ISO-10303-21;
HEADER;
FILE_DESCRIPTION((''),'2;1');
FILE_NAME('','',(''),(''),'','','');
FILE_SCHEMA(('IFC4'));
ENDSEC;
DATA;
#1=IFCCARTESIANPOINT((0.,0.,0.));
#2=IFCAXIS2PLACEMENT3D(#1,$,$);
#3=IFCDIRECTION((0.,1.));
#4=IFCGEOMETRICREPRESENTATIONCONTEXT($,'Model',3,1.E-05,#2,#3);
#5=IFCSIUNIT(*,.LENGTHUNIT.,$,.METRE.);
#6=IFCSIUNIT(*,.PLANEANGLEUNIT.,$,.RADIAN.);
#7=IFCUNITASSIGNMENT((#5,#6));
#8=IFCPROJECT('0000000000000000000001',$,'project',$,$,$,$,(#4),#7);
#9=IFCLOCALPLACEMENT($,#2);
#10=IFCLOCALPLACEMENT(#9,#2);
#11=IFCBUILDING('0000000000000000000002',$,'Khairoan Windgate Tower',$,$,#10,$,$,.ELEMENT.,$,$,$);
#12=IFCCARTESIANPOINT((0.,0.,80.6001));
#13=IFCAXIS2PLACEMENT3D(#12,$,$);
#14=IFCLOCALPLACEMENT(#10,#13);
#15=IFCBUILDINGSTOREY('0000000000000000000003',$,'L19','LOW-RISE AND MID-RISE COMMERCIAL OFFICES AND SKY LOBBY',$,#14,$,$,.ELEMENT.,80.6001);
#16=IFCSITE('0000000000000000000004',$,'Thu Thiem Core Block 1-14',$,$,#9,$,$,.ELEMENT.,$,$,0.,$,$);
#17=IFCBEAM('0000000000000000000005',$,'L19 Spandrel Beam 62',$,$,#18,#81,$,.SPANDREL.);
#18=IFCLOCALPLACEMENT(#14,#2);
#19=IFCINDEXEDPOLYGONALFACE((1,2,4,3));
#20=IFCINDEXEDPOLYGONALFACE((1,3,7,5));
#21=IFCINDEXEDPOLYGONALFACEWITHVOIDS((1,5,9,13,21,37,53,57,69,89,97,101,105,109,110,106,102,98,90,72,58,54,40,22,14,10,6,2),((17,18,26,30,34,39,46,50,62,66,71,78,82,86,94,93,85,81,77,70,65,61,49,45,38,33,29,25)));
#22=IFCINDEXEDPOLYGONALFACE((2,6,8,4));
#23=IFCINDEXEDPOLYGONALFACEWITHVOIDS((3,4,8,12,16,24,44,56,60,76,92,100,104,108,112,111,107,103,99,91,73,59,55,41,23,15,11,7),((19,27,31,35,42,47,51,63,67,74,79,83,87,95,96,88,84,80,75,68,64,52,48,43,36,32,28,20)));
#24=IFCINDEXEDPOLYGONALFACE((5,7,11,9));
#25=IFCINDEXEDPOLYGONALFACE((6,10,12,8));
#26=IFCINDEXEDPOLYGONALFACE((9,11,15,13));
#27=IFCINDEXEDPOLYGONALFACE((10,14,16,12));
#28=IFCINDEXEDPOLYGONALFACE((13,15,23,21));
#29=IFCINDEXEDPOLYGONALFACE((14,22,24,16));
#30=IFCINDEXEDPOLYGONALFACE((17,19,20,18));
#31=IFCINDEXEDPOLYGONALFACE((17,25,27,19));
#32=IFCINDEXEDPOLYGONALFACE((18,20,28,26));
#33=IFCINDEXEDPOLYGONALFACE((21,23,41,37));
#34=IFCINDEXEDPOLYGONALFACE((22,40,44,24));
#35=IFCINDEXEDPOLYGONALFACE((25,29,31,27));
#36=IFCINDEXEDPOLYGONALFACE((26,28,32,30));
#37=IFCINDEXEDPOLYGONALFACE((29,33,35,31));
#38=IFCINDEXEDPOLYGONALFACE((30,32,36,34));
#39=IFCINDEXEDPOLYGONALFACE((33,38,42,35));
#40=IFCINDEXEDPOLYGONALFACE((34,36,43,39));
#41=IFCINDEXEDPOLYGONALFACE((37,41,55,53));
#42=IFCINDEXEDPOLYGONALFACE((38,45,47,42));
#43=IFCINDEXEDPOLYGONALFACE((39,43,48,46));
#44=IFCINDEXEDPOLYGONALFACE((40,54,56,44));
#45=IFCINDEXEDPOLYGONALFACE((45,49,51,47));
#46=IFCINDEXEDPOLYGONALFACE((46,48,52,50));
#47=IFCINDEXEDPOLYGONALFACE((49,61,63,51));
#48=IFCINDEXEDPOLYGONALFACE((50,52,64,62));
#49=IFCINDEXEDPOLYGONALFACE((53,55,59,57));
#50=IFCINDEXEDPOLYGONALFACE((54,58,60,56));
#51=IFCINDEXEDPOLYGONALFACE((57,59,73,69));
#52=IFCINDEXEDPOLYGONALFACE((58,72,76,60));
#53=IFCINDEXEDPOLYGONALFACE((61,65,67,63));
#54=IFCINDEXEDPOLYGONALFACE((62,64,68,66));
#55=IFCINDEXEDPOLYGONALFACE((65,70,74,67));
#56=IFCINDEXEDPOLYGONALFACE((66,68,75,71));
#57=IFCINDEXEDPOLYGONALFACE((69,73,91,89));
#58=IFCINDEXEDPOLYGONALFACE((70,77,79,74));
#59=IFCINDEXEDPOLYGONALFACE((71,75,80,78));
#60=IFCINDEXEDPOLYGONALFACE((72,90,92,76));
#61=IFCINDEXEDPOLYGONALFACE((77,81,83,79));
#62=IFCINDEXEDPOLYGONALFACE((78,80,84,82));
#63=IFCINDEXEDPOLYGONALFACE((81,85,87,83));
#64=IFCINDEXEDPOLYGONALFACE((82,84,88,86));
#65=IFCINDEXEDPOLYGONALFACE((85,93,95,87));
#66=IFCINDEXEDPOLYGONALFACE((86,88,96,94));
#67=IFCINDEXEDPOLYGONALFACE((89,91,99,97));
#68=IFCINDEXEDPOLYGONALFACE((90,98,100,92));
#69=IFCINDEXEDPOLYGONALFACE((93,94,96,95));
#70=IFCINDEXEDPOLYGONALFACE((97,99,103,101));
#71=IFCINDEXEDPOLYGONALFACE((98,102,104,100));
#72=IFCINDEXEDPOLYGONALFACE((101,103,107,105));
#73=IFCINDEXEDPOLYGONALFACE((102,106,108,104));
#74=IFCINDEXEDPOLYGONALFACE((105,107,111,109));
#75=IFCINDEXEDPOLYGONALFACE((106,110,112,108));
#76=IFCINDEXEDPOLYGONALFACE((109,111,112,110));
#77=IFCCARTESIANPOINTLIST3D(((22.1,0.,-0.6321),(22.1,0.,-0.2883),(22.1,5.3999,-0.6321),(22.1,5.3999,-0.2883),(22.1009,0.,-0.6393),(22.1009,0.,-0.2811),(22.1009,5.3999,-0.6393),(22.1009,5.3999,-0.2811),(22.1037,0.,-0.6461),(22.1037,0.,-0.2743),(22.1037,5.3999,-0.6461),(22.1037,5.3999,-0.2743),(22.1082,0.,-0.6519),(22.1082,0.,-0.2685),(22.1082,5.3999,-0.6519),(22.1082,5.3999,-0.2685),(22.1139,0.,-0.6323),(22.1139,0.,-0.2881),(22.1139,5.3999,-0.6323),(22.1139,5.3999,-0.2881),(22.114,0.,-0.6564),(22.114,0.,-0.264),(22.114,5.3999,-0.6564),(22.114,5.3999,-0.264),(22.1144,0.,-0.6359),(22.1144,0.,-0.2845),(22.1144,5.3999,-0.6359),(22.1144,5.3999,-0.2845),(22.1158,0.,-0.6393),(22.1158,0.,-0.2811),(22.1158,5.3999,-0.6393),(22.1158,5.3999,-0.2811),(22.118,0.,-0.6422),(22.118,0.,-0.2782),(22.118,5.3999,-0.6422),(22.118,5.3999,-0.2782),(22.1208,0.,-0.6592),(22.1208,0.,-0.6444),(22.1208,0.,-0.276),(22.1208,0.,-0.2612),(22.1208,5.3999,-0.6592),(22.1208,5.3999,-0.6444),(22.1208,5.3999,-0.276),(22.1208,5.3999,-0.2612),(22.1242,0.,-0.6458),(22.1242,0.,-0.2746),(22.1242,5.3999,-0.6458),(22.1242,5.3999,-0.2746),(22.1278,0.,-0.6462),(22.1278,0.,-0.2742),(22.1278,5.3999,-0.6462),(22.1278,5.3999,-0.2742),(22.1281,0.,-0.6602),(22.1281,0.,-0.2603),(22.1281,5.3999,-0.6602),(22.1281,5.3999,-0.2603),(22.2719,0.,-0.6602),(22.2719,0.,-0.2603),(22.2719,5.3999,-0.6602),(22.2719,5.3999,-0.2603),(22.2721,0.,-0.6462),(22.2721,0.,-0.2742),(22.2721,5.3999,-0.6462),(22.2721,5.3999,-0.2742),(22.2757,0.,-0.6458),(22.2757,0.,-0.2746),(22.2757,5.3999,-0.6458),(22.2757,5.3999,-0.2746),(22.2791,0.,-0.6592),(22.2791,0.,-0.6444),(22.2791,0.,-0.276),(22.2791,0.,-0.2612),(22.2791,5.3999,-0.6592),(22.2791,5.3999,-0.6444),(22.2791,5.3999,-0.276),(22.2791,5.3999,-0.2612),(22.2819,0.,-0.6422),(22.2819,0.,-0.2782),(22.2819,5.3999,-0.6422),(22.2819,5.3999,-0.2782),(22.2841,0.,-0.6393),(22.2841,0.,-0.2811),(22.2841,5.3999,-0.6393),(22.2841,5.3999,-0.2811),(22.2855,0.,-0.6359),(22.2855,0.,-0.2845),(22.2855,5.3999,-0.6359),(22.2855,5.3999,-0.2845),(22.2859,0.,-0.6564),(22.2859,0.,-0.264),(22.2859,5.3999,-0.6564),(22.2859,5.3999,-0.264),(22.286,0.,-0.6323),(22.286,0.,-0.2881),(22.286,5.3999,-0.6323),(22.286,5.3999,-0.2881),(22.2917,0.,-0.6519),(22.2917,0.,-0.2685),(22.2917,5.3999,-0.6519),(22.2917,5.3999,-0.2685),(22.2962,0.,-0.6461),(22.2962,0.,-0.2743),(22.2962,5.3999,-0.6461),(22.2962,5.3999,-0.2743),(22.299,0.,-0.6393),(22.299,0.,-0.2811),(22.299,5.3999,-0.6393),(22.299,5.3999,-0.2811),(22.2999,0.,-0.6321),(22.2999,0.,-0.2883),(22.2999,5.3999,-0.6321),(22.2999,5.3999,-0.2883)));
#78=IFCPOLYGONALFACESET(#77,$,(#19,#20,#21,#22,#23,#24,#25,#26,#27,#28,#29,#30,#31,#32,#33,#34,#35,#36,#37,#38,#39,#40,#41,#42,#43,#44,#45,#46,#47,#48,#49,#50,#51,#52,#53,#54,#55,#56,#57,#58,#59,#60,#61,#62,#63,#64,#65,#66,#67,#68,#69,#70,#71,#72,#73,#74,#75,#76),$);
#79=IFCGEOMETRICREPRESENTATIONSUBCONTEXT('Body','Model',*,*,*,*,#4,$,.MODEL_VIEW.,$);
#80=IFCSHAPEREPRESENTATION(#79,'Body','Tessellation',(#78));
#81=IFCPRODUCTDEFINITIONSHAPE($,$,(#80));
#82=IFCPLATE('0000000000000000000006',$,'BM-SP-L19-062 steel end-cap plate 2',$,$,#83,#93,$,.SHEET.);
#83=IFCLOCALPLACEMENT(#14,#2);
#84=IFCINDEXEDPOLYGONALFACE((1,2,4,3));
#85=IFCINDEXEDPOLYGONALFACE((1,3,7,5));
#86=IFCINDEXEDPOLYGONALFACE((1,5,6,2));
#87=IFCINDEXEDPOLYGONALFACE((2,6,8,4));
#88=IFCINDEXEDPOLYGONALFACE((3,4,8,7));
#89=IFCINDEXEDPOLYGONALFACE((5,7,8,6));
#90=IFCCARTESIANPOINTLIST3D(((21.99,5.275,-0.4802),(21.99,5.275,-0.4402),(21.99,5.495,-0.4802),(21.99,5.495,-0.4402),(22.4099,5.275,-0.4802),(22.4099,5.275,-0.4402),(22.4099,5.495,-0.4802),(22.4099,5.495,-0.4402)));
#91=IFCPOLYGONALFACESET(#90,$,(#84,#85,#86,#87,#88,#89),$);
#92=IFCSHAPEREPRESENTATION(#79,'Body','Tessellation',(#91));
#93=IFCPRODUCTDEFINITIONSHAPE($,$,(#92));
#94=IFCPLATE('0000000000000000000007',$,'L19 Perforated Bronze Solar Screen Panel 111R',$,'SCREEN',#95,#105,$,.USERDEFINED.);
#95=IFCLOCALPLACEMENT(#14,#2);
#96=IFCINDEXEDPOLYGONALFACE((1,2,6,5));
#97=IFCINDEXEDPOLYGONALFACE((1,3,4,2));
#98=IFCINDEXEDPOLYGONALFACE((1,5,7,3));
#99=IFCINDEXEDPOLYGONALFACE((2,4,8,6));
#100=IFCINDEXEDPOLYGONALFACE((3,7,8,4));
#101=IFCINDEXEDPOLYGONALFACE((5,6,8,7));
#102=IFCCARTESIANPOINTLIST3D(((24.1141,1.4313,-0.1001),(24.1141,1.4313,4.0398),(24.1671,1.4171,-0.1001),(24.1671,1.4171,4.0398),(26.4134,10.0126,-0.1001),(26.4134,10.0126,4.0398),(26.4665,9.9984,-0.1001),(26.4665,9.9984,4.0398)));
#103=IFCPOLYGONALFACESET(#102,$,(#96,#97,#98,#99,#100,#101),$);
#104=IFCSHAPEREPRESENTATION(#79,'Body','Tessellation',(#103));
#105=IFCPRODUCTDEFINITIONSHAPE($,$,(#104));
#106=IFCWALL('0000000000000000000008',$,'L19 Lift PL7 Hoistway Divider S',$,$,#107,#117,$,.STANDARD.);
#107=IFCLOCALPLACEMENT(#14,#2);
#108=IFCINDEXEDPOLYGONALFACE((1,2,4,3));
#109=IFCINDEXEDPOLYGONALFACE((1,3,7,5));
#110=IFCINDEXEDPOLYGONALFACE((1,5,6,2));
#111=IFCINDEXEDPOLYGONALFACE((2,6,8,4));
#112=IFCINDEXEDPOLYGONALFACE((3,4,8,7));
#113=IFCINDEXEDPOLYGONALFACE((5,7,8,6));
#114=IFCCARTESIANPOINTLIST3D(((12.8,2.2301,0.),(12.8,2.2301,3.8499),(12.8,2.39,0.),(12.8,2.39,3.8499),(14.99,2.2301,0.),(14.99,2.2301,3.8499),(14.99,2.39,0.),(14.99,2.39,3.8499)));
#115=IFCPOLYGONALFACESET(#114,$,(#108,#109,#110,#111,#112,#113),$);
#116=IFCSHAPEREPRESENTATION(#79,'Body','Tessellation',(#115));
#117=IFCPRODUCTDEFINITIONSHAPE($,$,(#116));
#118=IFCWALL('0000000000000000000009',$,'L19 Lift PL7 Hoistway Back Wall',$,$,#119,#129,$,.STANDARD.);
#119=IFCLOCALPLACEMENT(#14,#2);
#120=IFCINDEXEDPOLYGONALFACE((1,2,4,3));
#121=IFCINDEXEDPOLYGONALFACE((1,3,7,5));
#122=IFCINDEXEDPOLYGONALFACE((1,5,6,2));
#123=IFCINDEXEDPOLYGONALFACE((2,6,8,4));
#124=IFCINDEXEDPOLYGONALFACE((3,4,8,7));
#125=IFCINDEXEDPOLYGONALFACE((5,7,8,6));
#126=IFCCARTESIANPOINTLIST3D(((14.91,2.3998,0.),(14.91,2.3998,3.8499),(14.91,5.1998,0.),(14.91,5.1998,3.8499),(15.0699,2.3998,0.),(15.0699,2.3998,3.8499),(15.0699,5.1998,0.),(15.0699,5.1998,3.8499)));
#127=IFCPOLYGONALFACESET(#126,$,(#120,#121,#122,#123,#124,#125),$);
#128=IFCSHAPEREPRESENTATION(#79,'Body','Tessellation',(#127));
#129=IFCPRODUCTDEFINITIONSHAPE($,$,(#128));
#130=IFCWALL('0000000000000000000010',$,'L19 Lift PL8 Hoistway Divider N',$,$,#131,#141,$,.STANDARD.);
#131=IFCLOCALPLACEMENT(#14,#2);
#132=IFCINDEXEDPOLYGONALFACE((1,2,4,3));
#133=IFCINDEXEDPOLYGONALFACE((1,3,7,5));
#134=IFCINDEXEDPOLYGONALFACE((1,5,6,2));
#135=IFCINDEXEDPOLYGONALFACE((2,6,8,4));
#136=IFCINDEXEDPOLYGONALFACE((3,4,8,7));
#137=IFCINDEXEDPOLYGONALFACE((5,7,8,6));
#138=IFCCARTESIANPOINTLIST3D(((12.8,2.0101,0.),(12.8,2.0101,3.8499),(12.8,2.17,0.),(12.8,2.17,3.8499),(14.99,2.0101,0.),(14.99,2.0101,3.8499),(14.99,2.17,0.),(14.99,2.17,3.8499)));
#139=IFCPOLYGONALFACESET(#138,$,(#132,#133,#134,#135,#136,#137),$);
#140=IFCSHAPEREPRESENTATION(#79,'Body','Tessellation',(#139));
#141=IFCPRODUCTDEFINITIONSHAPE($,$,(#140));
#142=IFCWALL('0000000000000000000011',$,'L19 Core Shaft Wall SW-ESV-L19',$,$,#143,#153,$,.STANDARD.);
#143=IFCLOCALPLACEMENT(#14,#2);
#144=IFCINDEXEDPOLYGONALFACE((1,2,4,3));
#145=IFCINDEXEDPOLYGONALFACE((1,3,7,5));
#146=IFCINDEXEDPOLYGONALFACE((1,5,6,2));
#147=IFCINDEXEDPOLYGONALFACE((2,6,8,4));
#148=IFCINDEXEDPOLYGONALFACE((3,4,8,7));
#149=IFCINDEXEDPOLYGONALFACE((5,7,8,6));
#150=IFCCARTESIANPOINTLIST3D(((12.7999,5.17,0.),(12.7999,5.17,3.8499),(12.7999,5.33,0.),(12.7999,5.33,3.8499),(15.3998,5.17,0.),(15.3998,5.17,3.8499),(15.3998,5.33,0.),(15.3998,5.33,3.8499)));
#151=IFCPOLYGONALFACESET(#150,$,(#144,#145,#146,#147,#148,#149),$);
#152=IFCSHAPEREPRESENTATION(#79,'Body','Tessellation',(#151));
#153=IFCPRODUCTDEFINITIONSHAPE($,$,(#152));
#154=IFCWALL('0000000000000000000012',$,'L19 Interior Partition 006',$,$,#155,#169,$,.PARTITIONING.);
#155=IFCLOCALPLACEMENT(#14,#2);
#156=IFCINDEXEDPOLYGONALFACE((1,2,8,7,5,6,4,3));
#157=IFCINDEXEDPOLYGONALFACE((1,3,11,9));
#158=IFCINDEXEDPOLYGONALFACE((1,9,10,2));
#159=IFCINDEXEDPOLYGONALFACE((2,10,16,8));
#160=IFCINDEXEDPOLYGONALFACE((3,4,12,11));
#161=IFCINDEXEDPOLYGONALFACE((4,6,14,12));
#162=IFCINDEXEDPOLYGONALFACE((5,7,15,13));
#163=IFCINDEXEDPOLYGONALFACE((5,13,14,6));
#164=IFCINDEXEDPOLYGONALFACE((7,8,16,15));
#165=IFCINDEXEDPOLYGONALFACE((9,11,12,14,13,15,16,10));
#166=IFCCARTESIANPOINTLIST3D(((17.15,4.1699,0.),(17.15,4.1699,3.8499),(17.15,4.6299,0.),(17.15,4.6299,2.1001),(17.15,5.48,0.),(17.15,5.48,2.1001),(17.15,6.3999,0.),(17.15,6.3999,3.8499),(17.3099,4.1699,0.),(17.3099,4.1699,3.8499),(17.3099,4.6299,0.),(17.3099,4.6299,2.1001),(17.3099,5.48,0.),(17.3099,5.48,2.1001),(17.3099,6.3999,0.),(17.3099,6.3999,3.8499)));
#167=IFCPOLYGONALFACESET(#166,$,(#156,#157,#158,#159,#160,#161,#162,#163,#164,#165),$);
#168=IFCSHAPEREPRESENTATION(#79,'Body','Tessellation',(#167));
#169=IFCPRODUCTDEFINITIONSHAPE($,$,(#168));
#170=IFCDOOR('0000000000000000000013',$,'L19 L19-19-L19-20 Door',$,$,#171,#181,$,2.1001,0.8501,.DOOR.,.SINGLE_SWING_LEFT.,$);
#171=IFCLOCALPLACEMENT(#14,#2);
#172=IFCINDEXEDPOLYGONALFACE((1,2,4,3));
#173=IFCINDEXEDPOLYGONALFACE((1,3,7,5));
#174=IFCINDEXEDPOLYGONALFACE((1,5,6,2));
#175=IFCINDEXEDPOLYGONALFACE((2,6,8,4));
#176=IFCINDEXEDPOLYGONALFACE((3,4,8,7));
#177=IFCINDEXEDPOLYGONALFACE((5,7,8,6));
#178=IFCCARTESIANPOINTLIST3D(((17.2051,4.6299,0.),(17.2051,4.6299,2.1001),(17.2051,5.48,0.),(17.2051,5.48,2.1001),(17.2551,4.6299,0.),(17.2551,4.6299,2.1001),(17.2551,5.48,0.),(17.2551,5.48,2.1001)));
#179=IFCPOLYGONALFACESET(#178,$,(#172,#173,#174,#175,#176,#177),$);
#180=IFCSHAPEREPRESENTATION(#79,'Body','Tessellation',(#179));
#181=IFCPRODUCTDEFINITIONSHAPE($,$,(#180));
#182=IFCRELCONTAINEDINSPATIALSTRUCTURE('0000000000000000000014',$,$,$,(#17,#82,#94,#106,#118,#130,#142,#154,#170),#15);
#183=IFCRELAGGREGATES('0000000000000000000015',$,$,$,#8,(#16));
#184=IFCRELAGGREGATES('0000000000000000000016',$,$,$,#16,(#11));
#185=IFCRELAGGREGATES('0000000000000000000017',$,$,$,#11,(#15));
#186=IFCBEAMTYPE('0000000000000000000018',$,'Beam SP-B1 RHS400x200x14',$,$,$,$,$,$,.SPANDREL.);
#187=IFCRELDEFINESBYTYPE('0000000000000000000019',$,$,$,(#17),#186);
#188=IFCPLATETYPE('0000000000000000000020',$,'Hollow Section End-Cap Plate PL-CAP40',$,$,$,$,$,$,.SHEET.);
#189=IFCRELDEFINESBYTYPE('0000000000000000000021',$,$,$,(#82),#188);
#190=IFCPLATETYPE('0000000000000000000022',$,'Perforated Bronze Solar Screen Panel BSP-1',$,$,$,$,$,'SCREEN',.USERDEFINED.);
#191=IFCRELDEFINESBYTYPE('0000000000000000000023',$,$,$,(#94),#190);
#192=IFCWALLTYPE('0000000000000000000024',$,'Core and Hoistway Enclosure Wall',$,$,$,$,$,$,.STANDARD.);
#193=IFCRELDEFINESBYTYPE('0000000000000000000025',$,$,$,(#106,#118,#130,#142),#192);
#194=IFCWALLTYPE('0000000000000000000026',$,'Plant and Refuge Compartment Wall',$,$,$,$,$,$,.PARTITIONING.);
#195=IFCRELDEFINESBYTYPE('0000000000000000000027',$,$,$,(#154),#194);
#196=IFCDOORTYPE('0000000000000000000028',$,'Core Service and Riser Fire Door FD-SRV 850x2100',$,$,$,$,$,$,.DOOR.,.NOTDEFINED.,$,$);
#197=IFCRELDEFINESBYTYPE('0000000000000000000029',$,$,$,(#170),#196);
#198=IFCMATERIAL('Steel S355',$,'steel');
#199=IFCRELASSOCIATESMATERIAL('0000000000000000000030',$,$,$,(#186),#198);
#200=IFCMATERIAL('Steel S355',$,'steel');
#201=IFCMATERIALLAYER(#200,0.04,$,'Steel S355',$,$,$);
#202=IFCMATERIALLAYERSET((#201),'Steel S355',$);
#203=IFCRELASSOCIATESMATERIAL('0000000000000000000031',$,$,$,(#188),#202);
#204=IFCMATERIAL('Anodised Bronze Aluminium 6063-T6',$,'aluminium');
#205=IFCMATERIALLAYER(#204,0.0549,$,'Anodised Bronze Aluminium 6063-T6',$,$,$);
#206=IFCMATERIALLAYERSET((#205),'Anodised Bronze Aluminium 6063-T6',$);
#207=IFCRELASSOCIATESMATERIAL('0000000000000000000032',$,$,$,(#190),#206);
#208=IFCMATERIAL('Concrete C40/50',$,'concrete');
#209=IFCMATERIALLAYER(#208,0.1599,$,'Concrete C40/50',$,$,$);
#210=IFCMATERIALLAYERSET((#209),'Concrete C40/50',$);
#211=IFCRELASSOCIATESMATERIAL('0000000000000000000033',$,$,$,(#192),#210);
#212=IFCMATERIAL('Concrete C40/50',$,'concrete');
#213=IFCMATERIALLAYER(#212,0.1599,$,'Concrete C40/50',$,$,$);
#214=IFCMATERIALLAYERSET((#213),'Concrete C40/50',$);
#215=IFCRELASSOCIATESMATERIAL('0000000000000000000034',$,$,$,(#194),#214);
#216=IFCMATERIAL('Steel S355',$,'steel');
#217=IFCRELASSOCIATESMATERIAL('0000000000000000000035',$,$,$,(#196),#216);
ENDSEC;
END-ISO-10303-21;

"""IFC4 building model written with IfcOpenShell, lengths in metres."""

from ifc_helpers import new_model, si_unit, direction, frame, frame_2d, origin, origin_2d, place, context, subcontext, project, spatial, rectangle, hollow_rectangle, extrude, material, layer, layer_set, material_profile, profile_set, type_object, element, fill, save


model = new_model("IFC4")

# Units and contexts
model_context = context("Model", 3, precision=1e-05, world=origin(), true_north=direction((0.0, 1.0)))
body_context = subcontext(model_context, "Body", "Model", "MODEL_VIEW")
ifc_project = project(units=[si_unit("LENGTHUNIT", "METRE"), si_unit("PLANEANGLEUNIT", "RADIAN")], contexts=[model_context])

# Site, building, storey
site_placement = place(None, origin())
site = spatial("IfcSite", under=ifc_project, at=site_placement, Name="Thu Thiem Core Block 1-14", CompositionType="ELEMENT", RefElevation=0.0)
building_placement = place(site_placement, origin())
building = spatial("IfcBuilding", under=site, at=building_placement, Name="Khairoan Windgate Tower", CompositionType="ELEMENT")
storey_placement = place(building_placement, frame((0.0, 0.0, 80.6001)))
storey = spatial("IfcBuildingStorey", under=building, at=storey_placement, Name="L19", Description="LOW-RISE AND MID-RISE COMMERCIAL OFFICES AND SKY LOBBY", CompositionType="ELEMENT", Elevation=80.6001)

# Beam
ifc_material_1 = material(Name="Steel S355", Category="steel")
ifc_material_profile_1 = material_profile(ifc_material_1, hollow_rectangle(XDim=0.2, YDim=0.3999, WallThickness=0.0139, InnerFilletRadius=0.0139, OuterFilletRadius=0.0281, at=origin_2d()))
ifc_profile_set_1 = profile_set([ifc_material_profile_1], Name="Steel S355")
beam_type_1 = type_object("IfcBeamType", Name="Beam SP-B1 RHS400x200x14", PredefinedType="SPANDREL", material=ifc_profile_set_1)
beam_1_placement = place(storey_placement, frame((22.2, 0.0, -0.4602), z_axis=(0.0, 1.0, 0.0), x_axis=(-1.0, 0.0, 0.0)))
element("IfcBeam", 1, at=beam_1_placement, inside=storey, type_object=beam_type_1, Name="L19 Spandrel Beam 62", PredefinedType="SPANDREL", context=body_context, shape_type="SweptSolid", body=[
    extrude(hollow_rectangle(XDim=0.2, YDim=0.3999, WallThickness=0.0139, InnerFilletRadius=0.0139, OuterFilletRadius=0.0281, at=origin_2d()), origin(), (0.0, 0.0, 1.0), 5.3999),
])

# Plates
ifc_material_2 = material(Name="Steel S355", Category="steel")
ifc_layer_1 = layer(ifc_material_2, 0.04, Name="Steel S355")
ifc_layer_set_1 = layer_set([ifc_layer_1], Name="Steel S355")
plate_type_1 = type_object("IfcPlateType", Name="Hollow Section End-Cap Plate PL-CAP40", PredefinedType="SHEET", material=ifc_layer_set_1)
plate_1_placement = place(storey_placement, frame((22.2, 5.385, -0.4802), z_axis=(0.0, 0.0, 1.0), x_axis=(0.0, 1.0, 0.0)))
element("IfcPlate", 2, at=plate_1_placement, inside=storey, type_object=plate_type_1, Name="BM-SP-L19-062 steel end-cap plate 2", PredefinedType="SHEET", context=body_context, shape_type="SweptSolid", body=[
    extrude(rectangle(XDim=0.22, YDim=0.4199, at=origin_2d()), origin(), (0.0, 0.0, 1.0), 0.04),
])
ifc_material_3 = material(Name="Anodised Bronze Aluminium 6063-T6", Category="aluminium")
ifc_layer_2 = layer(ifc_material_3, 0.0549, Name="Anodised Bronze Aluminium 6063-T6")
ifc_layer_set_2 = layer_set([ifc_layer_2], Name="Anodised Bronze Aluminium 6063-T6")
plate_type_2 = type_object("IfcPlateType", Name="Perforated Bronze Solar Screen Panel BSP-1", ElementType="SCREEN", PredefinedType="USERDEFINED", material=ifc_layer_set_2)
plate_2_placement = place(storey_placement, frame((25.2903, 5.7148, -0.1001), z_axis=(0.0, 0.0, 1.0), x_axis=(-0.258819, -0.965926, 0.0)))
element("IfcPlate", 3, at=plate_2_placement, inside=storey, type_object=plate_type_2, Name="L19 Perforated Bronze Solar Screen Panel 111R", ObjectType="SCREEN", PredefinedType="USERDEFINED", context=body_context, shape_type="SweptSolid", body=[
    extrude(rectangle(XDim=8.884, YDim=0.0549, at=origin_2d()), origin(), (0.0, 0.0, 1.0), 4.1399),
])

# Walls
ifc_material_4 = material(Name="Concrete C40/50", Category="concrete")
ifc_layer_3 = layer(ifc_material_4, 0.1599, Name="Concrete C40/50")
ifc_layer_set_3 = layer_set([ifc_layer_3], Name="Concrete C40/50")
wall_type_1 = type_object("IfcWallType", Name="Core and Hoistway Enclosure Wall", PredefinedType="STANDARD", material=ifc_layer_set_3)
wall_1_placement = place(storey_placement, frame((12.8, 2.3101, 0.0), z_axis=(0.0, 0.0, 1.0), x_axis=(1.0, 0.0, 0.0)))
element("IfcWall", 4, at=wall_1_placement, inside=storey, type_object=wall_type_1, Name="L19 Lift PL7 Hoistway Divider S", PredefinedType="STANDARD", context=body_context, shape_type="SweptSolid", body=[
    extrude(rectangle(XDim=2.1899, YDim=0.1599, at=frame_2d((1.095, 0.0))), origin(), (0.0, 0.0, 1.0), 3.8499),
])
wall_2_placement = place(storey_placement, frame((14.99, 2.3999, 0.0), z_axis=(0.0, 0.0, 1.0), x_axis=(0.0, 1.0, 0.0)))
element("IfcWall", 5, at=wall_2_placement, inside=storey, type_object=wall_type_1, Name="L19 Lift PL7 Hoistway Back Wall", PredefinedType="STANDARD", context=body_context, shape_type="SweptSolid", body=[
    extrude(rectangle(XDim=2.8, YDim=0.1599, at=frame_2d((1.3999, 0.0))), origin(), (0.0, 0.0, 1.0), 3.8499),
])
wall_3_placement = place(storey_placement, frame((12.8, 2.0901, 0.0), z_axis=(0.0, 0.0, 1.0), x_axis=(1.0, 0.0, 0.0)))
element("IfcWall", 6, at=wall_3_placement, inside=storey, type_object=wall_type_1, Name="L19 Lift PL8 Hoistway Divider N", PredefinedType="STANDARD", context=body_context, shape_type="SweptSolid", body=[
    extrude(rectangle(XDim=2.1899, YDim=0.1599, at=frame_2d((1.095, 0.0))), origin(), (0.0, 0.0, 1.0), 3.8499),
])
wall_4_placement = place(storey_placement, frame((12.8, 5.25, 0.0), z_axis=(0.0, 0.0, 1.0), x_axis=(1.0, 0.0, 0.0)))
element("IfcWall", 7, at=wall_4_placement, inside=storey, type_object=wall_type_1, Name="L19 Core Shaft Wall SW-ESV-L19", PredefinedType="STANDARD", context=body_context, shape_type="SweptSolid", body=[
    extrude(rectangle(XDim=2.5999, YDim=0.1599, at=frame_2d((1.2998, 0.0))), origin(), (0.0, 0.0, 1.0), 3.8499),
])

# Wall, opening, door
ifc_material_5 = material(Name="Concrete C40/50", Category="concrete")
ifc_layer_4 = layer(ifc_material_5, 0.1599, Name="Concrete C40/50")
ifc_layer_set_4 = layer_set([ifc_layer_4], Name="Concrete C40/50")
wall_type_2 = type_object("IfcWallType", Name="Plant and Refuge Compartment Wall", PredefinedType="PARTITIONING", material=ifc_layer_set_4)
wall_5_placement = place(storey_placement, frame((17.23, 4.1699, 0.0), z_axis=(0.0, 0.0, 1.0), x_axis=(0.0, 1.0, 0.0)))
wall_5 = element("IfcWall", 8, at=wall_5_placement, inside=storey, type_object=wall_type_2, Name="L19 Interior Partition 006", PredefinedType="PARTITIONING", context=body_context, shape_type="SweptSolid", body=[
    extrude(rectangle(XDim=2.23, YDim=0.1599, at=frame_2d((1.115, 0.0))), origin(), (0.0, 0.0, 1.0), 3.8499),
])
opening_placement = place(wall_5_placement, frame((0.46, 0.0, 0.0)))
opening = element("IfcOpeningElement", 9, at=opening_placement, cuts=wall_5, PredefinedType="OPENING", context=body_context, shape_type="SweptSolid", body=[
    extrude(rectangle(XDim=0.8501, YDim=2.1001, at=frame_2d((0.425, 1.05))), frame((0.0, 0.0898, 0.0), z_axis=(0.0, -1.0, 0.0), x_axis=(1.0, 0.0, 0.0)), (0.0, 0.0, 1.0), 0.1799),
])
ifc_material_6 = material(Name="Steel S355", Category="steel")
door_type = type_object("IfcDoorType", Name="Core Service and Riser Fire Door FD-SRV 850x2100", OperationType="NOTDEFINED", PredefinedType="DOOR", material=ifc_material_6)
door_placement = place(opening_placement, origin())
door = element("IfcDoor", 10, at=door_placement, inside=storey, type_object=door_type, Name="L19 L19-19-L19-20 Door", OperationType="SINGLE_SWING_LEFT", OverallHeight=2.1001, OverallWidth=0.8501, PredefinedType="DOOR", context=body_context, shape_type="SweptSolid", body=[
    extrude(rectangle(XDim=0.8501, YDim=2.1001, at=frame_2d((0.425, 1.05))), frame((0.0, 0.0249, 0.0), z_axis=(0.0, -1.0, 0.0), x_axis=(1.0, 0.0, 0.0)), (0.0, 0.0, 1.0), 0.05),
])
fill(opening, door)

save(model, "model.ifc")
